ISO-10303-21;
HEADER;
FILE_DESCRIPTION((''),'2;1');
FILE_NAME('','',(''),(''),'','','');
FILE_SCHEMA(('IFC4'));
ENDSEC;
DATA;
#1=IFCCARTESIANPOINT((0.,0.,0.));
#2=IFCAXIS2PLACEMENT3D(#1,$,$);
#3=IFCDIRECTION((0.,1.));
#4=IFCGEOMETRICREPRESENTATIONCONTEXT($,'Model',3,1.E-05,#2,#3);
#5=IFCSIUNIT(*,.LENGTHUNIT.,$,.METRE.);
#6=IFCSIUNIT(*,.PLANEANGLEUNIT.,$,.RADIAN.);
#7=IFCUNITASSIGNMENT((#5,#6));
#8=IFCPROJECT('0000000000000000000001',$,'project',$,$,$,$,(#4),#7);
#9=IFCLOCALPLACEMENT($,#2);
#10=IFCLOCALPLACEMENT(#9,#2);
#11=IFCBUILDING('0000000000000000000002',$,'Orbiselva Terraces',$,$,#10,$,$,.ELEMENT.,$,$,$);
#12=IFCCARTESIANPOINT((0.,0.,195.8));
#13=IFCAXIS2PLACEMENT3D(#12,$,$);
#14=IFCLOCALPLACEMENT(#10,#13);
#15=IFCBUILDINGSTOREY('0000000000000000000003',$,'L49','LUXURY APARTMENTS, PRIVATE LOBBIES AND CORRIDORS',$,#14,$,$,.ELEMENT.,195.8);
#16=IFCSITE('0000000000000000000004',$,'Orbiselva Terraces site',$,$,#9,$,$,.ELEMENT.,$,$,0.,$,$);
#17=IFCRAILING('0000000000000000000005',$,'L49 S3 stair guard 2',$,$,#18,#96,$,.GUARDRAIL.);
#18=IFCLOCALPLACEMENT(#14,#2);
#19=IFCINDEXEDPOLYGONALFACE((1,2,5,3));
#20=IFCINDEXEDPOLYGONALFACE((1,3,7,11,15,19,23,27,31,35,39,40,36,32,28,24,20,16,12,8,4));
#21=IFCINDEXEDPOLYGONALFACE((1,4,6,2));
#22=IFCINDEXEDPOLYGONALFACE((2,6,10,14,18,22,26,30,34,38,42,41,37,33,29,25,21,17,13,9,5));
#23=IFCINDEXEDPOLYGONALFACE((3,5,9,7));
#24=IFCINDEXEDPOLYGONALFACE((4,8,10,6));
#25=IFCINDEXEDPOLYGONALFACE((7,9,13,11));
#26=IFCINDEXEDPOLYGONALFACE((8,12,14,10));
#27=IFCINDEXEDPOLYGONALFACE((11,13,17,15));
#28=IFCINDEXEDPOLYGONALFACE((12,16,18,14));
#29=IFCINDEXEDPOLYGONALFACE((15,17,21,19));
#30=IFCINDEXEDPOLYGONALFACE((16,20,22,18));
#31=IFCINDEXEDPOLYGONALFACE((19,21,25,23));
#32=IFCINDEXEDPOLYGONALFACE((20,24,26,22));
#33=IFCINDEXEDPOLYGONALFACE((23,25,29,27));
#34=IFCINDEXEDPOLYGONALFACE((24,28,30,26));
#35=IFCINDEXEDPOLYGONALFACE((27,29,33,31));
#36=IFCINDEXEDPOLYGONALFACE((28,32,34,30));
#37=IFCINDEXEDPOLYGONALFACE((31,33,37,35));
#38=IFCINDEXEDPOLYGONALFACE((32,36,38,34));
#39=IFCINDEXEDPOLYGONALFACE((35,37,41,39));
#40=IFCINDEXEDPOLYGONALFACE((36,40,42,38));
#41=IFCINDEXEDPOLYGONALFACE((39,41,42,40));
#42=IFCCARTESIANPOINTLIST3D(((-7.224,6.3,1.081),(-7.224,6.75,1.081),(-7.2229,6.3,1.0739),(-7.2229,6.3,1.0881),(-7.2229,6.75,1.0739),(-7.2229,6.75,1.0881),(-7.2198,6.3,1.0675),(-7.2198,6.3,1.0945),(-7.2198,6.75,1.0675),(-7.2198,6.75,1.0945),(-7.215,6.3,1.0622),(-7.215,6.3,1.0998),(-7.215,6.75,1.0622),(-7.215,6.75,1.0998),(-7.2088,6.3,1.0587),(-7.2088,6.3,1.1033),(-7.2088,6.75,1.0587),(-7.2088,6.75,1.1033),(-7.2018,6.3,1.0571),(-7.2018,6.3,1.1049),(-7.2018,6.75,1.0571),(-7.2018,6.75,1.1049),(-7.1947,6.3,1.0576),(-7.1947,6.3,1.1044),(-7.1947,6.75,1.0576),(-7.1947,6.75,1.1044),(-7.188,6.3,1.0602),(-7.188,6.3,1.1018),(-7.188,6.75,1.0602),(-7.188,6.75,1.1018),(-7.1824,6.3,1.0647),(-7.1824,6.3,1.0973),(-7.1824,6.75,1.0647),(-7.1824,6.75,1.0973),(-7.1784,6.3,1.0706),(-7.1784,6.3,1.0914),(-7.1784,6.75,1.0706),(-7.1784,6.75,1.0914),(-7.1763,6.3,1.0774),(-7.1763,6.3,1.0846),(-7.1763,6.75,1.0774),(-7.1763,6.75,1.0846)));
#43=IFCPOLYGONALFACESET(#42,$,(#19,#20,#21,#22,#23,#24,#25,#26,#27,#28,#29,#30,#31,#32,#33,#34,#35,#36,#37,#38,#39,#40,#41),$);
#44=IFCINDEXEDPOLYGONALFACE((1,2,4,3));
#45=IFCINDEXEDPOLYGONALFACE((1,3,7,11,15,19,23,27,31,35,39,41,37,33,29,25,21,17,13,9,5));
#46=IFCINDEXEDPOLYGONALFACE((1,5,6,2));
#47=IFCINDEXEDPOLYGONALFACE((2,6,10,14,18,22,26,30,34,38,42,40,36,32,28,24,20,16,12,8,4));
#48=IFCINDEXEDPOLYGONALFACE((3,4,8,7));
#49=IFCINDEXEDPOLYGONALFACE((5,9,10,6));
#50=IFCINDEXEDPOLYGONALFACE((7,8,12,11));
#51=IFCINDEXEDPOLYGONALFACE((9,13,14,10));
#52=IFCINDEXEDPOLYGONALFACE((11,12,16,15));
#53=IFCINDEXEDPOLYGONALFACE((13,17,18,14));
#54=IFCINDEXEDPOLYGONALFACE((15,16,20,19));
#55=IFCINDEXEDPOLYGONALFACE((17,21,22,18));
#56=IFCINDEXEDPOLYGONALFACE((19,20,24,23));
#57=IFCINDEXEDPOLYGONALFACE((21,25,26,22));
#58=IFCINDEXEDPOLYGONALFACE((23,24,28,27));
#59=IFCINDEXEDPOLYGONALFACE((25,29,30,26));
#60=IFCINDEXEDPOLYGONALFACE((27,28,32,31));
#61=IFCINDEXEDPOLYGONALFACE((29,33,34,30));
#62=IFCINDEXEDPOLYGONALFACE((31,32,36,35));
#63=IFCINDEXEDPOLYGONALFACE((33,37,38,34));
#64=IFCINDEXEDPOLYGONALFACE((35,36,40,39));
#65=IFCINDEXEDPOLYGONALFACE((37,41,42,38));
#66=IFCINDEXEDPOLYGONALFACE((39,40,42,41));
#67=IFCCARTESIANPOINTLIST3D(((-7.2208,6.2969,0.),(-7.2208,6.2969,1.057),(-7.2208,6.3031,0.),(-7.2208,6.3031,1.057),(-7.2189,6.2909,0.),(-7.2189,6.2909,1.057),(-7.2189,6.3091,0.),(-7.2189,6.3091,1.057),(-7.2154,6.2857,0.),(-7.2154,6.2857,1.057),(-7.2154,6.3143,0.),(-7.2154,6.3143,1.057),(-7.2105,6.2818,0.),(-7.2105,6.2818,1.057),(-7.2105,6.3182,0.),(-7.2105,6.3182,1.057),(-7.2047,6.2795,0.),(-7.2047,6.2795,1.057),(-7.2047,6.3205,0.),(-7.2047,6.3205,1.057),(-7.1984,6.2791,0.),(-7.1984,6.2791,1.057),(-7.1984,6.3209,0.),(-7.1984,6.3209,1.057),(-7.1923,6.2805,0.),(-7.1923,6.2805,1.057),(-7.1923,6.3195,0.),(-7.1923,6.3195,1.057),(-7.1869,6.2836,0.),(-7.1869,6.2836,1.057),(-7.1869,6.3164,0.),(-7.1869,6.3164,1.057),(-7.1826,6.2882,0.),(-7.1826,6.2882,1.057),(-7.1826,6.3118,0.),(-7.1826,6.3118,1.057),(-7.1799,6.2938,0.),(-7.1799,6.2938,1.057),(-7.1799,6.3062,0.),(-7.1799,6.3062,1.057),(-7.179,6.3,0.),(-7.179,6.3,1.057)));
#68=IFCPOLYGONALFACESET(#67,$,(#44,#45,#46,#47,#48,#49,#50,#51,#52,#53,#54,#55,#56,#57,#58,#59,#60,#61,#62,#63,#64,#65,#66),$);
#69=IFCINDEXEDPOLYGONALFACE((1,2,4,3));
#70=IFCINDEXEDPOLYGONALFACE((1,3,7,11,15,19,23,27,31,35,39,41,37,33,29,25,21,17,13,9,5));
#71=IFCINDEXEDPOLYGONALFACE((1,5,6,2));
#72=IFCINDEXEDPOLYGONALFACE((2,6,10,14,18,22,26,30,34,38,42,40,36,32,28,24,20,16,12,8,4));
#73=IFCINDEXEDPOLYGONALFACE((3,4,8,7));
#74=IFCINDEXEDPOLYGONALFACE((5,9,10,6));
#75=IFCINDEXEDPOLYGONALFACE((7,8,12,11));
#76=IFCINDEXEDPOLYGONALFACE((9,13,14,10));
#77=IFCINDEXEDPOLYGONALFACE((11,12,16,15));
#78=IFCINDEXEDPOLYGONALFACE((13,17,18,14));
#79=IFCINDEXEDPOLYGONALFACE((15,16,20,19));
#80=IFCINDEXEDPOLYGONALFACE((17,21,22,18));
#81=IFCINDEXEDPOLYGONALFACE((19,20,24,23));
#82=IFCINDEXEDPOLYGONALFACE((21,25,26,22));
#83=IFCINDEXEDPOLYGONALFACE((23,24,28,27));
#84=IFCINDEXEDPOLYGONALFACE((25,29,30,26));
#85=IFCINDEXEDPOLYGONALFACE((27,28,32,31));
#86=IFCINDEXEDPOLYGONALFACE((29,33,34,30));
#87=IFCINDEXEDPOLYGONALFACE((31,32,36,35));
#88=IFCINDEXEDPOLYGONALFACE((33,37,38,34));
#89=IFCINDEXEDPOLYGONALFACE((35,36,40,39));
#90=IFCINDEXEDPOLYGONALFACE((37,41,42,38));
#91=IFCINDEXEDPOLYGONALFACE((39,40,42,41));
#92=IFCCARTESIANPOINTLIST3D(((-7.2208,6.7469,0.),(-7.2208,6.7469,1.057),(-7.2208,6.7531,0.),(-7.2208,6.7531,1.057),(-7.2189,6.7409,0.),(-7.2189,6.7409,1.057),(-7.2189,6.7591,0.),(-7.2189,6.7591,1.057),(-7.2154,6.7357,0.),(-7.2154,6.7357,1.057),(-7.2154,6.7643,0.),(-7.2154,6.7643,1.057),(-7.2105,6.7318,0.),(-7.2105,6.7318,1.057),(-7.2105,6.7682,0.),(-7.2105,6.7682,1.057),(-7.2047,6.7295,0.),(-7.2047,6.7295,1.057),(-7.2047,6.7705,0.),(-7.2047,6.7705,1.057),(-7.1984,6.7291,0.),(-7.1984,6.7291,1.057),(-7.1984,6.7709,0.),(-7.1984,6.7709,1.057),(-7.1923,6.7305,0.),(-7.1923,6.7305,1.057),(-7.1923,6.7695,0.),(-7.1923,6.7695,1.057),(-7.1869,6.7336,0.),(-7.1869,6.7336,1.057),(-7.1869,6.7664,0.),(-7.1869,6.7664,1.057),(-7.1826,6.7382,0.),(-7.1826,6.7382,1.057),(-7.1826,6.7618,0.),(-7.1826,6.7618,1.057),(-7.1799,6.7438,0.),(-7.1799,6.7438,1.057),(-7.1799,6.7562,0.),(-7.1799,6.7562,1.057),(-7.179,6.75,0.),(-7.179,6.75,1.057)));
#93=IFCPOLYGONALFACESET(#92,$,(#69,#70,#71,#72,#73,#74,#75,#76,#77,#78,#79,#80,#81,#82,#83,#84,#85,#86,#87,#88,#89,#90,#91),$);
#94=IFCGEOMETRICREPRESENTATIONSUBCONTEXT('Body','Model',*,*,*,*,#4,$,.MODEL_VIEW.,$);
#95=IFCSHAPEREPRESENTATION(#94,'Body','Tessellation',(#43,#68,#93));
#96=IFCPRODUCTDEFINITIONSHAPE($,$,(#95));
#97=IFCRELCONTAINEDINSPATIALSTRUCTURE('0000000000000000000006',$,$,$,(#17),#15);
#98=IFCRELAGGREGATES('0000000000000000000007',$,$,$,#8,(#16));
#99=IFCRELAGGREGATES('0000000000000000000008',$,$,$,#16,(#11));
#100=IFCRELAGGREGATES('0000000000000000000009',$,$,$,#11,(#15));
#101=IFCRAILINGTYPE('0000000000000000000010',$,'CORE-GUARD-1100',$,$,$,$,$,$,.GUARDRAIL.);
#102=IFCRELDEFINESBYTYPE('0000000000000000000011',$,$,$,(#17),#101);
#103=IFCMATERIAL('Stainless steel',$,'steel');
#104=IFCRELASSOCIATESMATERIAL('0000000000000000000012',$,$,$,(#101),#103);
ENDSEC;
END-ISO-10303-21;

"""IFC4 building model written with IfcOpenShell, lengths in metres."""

from ifc_helpers import new_model, si_unit, direction, frame, origin, origin_2d, place, context, subcontext, project, spatial, circle, extrude, material, type_object, element, save


model = new_model("IFC4")

# Units and contexts
model_context = context("Model", 3, precision=1e-05, world=origin(), true_north=direction((0.0, 1.0)))
body_context = subcontext(model_context, "Body", "Model", "MODEL_VIEW")
ifc_project = project(units=[si_unit("LENGTHUNIT", "METRE"), si_unit("PLANEANGLEUNIT", "RADIAN")], contexts=[model_context])

# Site, building, storey
site_placement = place(None, origin())
site = spatial("IfcSite", under=ifc_project, at=site_placement, Name="Orbiselva Terraces site", CompositionType="ELEMENT", RefElevation=0.0)
building_placement = place(site_placement, origin())
building = spatial("IfcBuilding", under=site, at=building_placement, Name="Orbiselva Terraces", CompositionType="ELEMENT")
storey_placement = place(building_placement, frame((0.0, 0.0, 195.8)))
storey = spatial("IfcBuildingStorey", under=building, at=storey_placement, Name="L49", Description="LUXURY APARTMENTS, PRIVATE LOBBIES AND CORRIDORS", CompositionType="ELEMENT", Elevation=195.8)

# Railing
ifc_material_1 = material(Name="Stainless steel", Category="steel")
railing_type_1 = type_object("IfcRailingType", Name="CORE-GUARD-1100", PredefinedType="GUARDRAIL", material=ifc_material_1)
railing_1_placement = place(storey_placement, frame((-7.2, 6.3, 0.0)))
element("IfcRailing", 1, at=railing_1_placement, inside=storey, type_object=railing_type_1, Name="L49 S3 stair guard 2", PredefinedType="GUARDRAIL", context=body_context, shape_type="SweptSolid", body=[
    extrude(circle(Radius=0.024, at=origin_2d()), frame((0.0, 0.0, 1.081), z_axis=(0.0, 1.0, 0.0), x_axis=(-1.0, 0.0, 0.0)), (0.0, 0.0, 1.0), 0.45),
    extrude(circle(Radius=0.021, at=origin_2d()), origin(), (0.0, 0.0, 1.0), 1.057),
    extrude(circle(Radius=0.021, at=origin_2d()), frame((0.0, 0.45, 0.0)), (0.0, 0.0, 1.0), 1.057),
])

save(model, "model.ifc")
